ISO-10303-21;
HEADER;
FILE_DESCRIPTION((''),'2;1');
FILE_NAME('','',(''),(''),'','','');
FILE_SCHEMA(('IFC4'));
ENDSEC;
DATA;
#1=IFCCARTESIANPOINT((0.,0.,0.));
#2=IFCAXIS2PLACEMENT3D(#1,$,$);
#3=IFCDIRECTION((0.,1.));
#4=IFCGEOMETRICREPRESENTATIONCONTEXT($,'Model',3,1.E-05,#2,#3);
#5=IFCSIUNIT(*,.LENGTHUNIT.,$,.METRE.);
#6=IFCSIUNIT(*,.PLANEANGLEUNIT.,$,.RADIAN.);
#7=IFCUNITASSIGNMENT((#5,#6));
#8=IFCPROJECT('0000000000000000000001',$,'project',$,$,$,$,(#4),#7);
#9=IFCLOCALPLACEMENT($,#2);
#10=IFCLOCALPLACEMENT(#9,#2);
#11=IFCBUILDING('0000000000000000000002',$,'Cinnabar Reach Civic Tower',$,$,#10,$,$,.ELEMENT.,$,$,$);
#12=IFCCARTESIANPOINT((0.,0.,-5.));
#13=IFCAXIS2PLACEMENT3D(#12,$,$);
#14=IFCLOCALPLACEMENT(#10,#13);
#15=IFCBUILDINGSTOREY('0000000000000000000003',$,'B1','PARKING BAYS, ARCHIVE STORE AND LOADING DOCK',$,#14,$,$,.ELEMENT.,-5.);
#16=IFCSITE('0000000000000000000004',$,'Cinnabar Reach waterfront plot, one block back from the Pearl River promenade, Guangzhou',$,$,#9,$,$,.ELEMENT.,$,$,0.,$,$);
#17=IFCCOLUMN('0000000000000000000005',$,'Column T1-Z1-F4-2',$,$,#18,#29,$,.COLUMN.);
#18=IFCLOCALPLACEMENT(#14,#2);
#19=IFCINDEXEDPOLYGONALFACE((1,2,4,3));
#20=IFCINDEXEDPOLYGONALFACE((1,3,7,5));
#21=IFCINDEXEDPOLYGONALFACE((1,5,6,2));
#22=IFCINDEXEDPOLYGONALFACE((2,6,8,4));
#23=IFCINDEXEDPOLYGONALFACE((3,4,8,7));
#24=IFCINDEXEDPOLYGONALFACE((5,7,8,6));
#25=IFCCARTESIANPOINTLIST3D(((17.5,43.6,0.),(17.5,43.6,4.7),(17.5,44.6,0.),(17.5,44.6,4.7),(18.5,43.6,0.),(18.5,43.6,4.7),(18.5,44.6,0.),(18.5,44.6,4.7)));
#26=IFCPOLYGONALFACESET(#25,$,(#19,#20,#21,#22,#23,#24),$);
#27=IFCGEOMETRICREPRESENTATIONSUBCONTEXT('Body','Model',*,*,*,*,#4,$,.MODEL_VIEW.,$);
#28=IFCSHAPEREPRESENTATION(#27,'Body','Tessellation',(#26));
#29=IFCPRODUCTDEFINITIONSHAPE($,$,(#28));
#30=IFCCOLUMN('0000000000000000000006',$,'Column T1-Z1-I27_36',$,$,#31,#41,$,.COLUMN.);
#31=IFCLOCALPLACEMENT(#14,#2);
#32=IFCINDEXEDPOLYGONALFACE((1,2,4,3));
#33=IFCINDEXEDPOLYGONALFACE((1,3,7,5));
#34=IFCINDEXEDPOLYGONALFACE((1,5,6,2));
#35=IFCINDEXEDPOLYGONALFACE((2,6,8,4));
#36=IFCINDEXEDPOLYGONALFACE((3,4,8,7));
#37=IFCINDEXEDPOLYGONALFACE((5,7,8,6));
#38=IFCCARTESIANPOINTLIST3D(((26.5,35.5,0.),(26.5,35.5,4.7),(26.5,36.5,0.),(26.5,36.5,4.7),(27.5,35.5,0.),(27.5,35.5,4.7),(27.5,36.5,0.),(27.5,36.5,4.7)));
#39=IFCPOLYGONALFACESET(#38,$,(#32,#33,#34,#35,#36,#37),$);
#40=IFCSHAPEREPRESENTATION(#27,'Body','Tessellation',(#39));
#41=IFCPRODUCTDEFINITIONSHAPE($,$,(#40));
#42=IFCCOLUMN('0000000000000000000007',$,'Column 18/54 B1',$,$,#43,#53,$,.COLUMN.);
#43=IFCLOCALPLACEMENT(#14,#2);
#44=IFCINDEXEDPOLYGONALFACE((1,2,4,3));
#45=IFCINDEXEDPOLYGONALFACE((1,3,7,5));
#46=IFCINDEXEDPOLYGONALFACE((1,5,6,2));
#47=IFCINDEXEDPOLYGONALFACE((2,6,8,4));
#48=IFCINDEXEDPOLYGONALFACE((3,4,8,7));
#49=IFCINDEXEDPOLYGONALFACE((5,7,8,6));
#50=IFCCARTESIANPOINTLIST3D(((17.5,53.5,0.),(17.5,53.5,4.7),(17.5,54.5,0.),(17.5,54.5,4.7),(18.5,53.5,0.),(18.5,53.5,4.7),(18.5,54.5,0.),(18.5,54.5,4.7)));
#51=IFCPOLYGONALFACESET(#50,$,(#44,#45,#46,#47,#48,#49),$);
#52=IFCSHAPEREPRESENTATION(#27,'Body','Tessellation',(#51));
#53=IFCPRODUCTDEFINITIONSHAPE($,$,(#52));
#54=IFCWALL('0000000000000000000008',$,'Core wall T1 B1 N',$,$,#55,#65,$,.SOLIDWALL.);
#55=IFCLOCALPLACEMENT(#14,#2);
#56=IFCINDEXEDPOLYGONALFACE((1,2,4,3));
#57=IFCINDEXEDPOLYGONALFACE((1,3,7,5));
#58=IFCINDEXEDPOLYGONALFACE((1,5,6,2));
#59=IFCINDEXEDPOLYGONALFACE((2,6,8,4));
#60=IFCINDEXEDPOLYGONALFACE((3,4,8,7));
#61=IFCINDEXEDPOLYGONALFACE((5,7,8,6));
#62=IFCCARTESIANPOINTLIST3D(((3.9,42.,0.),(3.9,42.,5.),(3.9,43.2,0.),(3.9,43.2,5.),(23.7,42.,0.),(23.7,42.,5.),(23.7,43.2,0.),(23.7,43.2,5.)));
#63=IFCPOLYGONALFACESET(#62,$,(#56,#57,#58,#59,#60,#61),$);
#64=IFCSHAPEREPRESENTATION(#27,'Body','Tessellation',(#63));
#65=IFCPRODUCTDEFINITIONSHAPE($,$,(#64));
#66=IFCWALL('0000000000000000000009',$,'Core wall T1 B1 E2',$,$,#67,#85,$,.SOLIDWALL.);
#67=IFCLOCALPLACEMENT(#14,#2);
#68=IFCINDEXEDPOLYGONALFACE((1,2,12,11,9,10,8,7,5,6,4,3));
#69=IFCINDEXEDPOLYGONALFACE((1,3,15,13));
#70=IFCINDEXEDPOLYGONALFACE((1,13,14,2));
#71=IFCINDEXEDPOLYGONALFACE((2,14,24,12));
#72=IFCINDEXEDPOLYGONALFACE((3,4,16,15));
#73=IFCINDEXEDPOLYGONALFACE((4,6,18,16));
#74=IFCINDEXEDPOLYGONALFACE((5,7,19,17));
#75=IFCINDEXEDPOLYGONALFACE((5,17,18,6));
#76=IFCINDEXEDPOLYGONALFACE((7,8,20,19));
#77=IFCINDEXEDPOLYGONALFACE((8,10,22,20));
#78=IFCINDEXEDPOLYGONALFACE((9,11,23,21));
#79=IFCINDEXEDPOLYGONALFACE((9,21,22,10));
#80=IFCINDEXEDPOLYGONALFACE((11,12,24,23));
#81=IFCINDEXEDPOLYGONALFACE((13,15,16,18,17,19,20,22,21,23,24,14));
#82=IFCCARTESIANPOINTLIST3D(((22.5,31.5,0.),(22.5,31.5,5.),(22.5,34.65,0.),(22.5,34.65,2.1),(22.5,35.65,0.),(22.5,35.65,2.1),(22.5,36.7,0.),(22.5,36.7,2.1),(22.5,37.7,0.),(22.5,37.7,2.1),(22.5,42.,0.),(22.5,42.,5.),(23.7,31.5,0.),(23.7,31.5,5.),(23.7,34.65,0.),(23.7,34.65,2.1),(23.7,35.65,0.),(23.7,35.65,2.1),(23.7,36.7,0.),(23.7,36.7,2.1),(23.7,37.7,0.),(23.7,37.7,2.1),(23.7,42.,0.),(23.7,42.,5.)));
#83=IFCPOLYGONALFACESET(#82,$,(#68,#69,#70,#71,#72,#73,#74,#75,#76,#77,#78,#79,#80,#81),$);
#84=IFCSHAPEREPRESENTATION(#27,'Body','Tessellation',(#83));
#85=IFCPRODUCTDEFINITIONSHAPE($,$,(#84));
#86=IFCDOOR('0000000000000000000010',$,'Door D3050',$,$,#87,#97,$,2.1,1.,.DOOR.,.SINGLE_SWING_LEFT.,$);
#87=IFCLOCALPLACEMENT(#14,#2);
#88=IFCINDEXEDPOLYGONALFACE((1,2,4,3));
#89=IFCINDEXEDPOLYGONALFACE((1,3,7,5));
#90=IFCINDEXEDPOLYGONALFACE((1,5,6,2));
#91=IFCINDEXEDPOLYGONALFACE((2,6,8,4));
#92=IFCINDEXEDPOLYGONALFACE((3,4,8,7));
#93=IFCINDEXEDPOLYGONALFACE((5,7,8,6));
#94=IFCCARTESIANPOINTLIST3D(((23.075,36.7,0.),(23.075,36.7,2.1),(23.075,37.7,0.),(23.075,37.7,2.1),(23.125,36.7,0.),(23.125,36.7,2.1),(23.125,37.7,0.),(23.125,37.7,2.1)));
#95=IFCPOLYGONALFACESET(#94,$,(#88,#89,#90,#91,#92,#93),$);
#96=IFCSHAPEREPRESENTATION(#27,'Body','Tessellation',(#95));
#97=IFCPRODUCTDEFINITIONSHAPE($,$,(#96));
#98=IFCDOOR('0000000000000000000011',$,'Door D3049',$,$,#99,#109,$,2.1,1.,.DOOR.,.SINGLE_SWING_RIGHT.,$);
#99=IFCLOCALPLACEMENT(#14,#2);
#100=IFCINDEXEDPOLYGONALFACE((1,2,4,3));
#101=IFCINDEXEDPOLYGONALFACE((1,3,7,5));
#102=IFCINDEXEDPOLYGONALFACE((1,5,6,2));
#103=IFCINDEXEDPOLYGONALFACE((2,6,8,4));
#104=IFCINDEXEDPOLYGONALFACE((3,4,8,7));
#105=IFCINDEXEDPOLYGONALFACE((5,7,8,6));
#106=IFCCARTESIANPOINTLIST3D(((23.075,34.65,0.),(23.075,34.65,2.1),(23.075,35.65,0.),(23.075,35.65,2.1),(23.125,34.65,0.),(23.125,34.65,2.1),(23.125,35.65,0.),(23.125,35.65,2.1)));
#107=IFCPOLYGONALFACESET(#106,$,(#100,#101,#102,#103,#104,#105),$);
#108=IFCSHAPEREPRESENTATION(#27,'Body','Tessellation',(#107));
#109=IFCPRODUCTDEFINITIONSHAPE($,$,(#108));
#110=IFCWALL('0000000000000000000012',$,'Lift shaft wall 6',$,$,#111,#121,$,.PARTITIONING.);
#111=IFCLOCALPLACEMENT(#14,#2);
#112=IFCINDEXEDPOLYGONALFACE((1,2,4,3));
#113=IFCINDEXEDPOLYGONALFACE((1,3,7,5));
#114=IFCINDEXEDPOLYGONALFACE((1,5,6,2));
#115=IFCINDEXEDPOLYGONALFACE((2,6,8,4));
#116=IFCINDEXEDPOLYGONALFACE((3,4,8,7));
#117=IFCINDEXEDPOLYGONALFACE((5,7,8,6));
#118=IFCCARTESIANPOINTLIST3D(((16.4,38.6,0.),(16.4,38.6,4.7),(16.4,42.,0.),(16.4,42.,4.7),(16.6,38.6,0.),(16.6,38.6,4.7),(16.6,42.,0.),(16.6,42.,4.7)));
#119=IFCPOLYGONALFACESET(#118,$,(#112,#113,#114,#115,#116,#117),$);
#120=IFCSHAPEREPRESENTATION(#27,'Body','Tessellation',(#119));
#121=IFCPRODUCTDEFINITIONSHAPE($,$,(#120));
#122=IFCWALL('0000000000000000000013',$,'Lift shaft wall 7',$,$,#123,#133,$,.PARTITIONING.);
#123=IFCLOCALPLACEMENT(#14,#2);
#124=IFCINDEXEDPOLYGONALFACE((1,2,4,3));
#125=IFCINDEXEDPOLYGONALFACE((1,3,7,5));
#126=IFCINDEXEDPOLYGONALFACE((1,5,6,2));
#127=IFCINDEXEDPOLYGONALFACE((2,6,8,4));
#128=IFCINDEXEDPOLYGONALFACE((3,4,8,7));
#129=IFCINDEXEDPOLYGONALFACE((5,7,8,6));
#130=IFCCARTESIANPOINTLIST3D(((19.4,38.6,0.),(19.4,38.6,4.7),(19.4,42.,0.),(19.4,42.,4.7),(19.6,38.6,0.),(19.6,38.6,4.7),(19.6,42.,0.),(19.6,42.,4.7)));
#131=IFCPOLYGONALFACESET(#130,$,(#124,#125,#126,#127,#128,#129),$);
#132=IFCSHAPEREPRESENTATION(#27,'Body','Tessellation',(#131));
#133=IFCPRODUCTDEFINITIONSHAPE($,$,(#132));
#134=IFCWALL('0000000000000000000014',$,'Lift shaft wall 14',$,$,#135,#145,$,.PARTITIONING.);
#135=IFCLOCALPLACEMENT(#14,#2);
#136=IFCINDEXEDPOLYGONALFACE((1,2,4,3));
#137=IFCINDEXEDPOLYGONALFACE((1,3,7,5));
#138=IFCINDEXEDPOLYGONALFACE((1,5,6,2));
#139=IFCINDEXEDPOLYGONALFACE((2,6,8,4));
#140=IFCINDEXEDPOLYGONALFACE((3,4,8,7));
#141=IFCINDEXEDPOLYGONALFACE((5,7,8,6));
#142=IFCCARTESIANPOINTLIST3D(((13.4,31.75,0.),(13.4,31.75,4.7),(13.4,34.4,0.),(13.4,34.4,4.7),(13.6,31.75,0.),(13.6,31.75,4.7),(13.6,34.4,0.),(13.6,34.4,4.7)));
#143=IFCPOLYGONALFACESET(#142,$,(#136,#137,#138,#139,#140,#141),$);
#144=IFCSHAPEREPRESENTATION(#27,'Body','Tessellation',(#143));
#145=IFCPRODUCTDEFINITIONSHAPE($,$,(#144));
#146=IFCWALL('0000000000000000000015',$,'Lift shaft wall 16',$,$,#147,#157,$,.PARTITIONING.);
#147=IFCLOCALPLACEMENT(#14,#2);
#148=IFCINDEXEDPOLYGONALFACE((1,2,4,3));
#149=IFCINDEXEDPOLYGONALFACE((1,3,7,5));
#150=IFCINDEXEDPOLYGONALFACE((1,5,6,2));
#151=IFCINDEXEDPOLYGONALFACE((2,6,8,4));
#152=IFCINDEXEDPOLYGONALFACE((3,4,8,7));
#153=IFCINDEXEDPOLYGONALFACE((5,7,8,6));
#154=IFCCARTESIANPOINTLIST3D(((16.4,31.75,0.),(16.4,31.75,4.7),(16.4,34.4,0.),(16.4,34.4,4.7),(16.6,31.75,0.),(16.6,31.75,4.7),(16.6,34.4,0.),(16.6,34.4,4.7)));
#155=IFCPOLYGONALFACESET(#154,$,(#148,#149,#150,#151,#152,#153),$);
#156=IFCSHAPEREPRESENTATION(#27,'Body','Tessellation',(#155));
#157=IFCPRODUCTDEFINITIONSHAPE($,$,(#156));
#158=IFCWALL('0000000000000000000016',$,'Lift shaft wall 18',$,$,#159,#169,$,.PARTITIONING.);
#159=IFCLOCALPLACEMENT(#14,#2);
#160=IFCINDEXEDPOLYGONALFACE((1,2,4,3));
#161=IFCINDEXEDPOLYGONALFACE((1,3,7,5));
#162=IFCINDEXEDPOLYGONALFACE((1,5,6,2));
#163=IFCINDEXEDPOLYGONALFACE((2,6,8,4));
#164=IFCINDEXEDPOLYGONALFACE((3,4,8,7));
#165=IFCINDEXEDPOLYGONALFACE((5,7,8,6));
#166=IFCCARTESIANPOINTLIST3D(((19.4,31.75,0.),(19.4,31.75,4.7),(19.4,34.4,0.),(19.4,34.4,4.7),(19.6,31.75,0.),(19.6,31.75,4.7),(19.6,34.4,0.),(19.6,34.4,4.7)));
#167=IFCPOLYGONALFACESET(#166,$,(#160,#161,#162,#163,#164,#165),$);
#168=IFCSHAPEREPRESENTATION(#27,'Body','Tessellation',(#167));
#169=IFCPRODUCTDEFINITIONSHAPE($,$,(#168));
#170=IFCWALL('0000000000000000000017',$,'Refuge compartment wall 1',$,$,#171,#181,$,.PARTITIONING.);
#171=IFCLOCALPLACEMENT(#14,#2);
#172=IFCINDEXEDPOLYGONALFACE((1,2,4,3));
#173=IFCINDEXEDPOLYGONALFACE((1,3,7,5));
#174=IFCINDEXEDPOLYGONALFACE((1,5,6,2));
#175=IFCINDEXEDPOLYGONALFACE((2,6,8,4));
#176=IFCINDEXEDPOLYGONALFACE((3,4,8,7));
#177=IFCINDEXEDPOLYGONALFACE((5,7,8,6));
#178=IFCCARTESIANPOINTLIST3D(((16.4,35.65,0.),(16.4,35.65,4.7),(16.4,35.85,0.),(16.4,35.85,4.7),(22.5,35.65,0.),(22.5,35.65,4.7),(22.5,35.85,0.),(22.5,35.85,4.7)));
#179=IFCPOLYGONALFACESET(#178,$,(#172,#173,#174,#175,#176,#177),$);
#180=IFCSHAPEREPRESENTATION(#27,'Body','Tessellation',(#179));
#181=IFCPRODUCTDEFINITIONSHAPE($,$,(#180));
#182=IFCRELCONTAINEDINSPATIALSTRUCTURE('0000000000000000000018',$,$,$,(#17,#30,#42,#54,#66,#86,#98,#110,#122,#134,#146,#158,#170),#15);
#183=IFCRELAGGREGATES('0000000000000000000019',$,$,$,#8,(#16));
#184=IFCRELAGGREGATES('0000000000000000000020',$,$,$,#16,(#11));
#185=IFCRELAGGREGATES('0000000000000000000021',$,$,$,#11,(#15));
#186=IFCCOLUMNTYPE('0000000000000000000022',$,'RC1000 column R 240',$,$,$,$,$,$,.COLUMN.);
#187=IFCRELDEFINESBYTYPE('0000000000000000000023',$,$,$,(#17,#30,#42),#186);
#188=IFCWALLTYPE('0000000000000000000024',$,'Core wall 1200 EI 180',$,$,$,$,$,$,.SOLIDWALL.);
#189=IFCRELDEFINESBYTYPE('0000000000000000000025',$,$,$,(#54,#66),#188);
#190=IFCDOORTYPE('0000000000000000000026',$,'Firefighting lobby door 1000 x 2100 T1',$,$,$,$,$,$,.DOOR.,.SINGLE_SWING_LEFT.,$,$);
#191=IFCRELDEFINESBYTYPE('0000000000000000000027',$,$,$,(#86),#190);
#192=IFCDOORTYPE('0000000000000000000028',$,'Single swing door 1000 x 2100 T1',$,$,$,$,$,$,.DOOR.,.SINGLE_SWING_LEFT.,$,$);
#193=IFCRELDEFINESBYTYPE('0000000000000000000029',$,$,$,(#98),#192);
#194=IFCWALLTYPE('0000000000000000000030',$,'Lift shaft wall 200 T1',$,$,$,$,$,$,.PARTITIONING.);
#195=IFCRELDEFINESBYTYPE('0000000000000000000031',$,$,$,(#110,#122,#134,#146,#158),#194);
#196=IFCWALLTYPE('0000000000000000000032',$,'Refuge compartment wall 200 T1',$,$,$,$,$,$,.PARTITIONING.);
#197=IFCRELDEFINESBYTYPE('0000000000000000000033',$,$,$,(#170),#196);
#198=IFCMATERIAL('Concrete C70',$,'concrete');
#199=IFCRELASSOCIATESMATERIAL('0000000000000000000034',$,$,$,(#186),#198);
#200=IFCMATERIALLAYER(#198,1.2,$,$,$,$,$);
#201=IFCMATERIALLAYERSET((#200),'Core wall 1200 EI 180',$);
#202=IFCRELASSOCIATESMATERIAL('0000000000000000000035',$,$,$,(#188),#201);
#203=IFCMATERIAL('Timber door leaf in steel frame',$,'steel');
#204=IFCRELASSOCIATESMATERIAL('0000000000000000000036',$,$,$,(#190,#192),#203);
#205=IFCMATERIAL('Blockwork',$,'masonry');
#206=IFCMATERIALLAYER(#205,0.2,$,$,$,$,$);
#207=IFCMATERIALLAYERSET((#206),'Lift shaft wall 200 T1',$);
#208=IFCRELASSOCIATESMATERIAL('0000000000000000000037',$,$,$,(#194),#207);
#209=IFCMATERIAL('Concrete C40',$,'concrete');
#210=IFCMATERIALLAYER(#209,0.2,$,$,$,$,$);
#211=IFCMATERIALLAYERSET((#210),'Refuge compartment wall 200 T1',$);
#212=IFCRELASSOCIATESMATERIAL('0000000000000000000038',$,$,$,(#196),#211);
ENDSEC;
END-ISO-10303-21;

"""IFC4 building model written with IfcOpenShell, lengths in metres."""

from ifc_helpers import new_model, si_unit, direction, frame, frame_2d, origin, origin_2d, place, context, subcontext, project, spatial, rectangle, extrude, material, layer, layer_set, material_profile, profile_set, type_object, element, fill, save


model = new_model("IFC4")

# Units and contexts
model_context = context("Model", 3, precision=1e-05, world=origin(), true_north=direction((0.0, 1.0)))
body_context = subcontext(model_context, "Body", "Model", "MODEL_VIEW")
ifc_project = project(units=[si_unit("LENGTHUNIT", "METRE"), si_unit("PLANEANGLEUNIT", "RADIAN")], contexts=[model_context])

# Site, building, storey
site_placement = place(None, origin())
site = spatial("IfcSite", under=ifc_project, at=site_placement, Name="Cinnabar Reach waterfront plot, one block back from the Pearl River promenade, Guangzhou", CompositionType="ELEMENT", RefElevation=0.0)
building_placement = place(site_placement, origin())
building = spatial("IfcBuilding", under=site, at=building_placement, Name="Cinnabar Reach Civic Tower", CompositionType="ELEMENT")
storey_placement = place(building_placement, frame((0.0, 0.0, -5.0)))
storey = spatial("IfcBuildingStorey", under=building, at=storey_placement, Name="B1", Description="PARKING BAYS, ARCHIVE STORE AND LOADING DOCK", CompositionType="ELEMENT", Elevation=-5.0)

# Columns
ifc_material_1 = material(Name="Concrete C70", Category="concrete")
ifc_material_profile = material_profile(ifc_material_1, rectangle(XDim=1.0, YDim=1.0, at=origin_2d()), Name="RC1000")
ifc_profile_set = profile_set([ifc_material_profile], Name="Concrete C70")
column_type = type_object("IfcColumnType", Name="RC1000 column R 240", PredefinedType="COLUMN", material=ifc_profile_set)
for number, where, z_axis, x_axis, name in (
    (1, (18.0, 44.1, 0.0), (0.0, 0.0, 1.0), (1.0, 0.0, 0.0), "Column T1-Z1-F4-2"),
    (2, (27.0, 36.0, 0.0), (0.0, 0.0, 1.0), (1.0, 0.0, 0.0), "Column T1-Z1-I27_36"),
    (3, (18.0, 54.0, 0.0), (0.0, 0.0, 1.0), (1.0, 0.0, 0.0), "Column 18/54 B1"),
):
    element("IfcColumn", number, at=place(storey_placement, frame(where, z_axis=z_axis, x_axis=x_axis)), inside=storey, type_object=column_type, Name=name, PredefinedType="COLUMN", context=body_context, shape_type="SweptSolid", body=[
        extrude(rectangle(XDim=1.0, YDim=1.0, at=origin_2d()), origin(), (0.0, 0.0, 1.0), 4.7),
    ])

# Wall
ifc_layer_1 = layer(ifc_material_1, 1.2)
ifc_layer_set_1 = layer_set([ifc_layer_1], Name="Core wall 1200 EI 180")
wall_type_1 = type_object("IfcWallType", Name="Core wall 1200 EI 180", PredefinedType="SOLIDWALL", material=ifc_layer_set_1)
wall_1_placement = place(storey_placement, frame((23.7, 42.6, 0.0), z_axis=(0.0, 0.0, 1.0), x_axis=(-1.0, 0.0, 0.0)))
element("IfcWall", 4, at=wall_1_placement, inside=storey, type_object=wall_type_1, Name="Core wall T1 B1 N", PredefinedType="SOLIDWALL", context=body_context, shape_type="SweptSolid", body=[
    extrude(rectangle(XDim=19.8, YDim=1.2, at=frame_2d((9.9, 0.0))), origin(), (0.0, 0.0, 1.0), 5.0),
])

# Wall, openings, doors
wall_2_placement = place(storey_placement, frame((23.1, 31.5, 0.0), z_axis=(0.0, 0.0, 1.0), x_axis=(0.0, 1.0, 0.0)))
wall_2 = element("IfcWall", 5, at=wall_2_placement, inside=storey, type_object=wall_type_1, Name="Core wall T1 B1 E2", PredefinedType="SOLIDWALL", context=body_context, shape_type="SweptSolid", body=[
    extrude(rectangle(XDim=10.5, YDim=1.2, at=frame_2d((5.25, 0.0))), origin(), (0.0, 0.0, 1.0), 5.0),
])
opening_1_placement = place(wall_2_placement, frame((3.15, 0.0, 0.0)))
opening_1 = element("IfcOpeningElement", 6, at=opening_1_placement, cuts=wall_2, PredefinedType="OPENING", context=body_context, shape_type="SweptSolid", body=[
    extrude(rectangle(XDim=1.0, YDim=2.1, at=frame_2d((0.5, 1.05))), frame((0.0, 0.61, 0.0), z_axis=(0.0, -1.0, 0.0), x_axis=(1.0, 0.0, 0.0)), (0.0, 0.0, 1.0), 1.22),
])
opening_2_placement = place(wall_2_placement, frame((5.2, 0.0, 0.0)))
opening_2 = element("IfcOpeningElement", 7, at=opening_2_placement, cuts=wall_2, PredefinedType="OPENING", context=body_context, shape_type="SweptSolid", body=[
    extrude(rectangle(XDim=1.0, YDim=2.1, at=frame_2d((0.5, 1.05))), frame((0.0, 0.61, 0.0), z_axis=(0.0, -1.0, 0.0), x_axis=(1.0, 0.0, 0.0)), (0.0, 0.0, 1.0), 1.22),
])
ifc_material_2 = material(Name="Timber door leaf in steel frame", Category="steel")
door_type_1 = type_object("IfcDoorType", Name="Firefighting lobby door 1000 x 2100 T1", OperationType="SINGLE_SWING_LEFT", PredefinedType="DOOR", material=ifc_material_2)
door_1_placement = place(opening_2_placement, frame((1.0, 0.0, 0.0), z_axis=(0.0, 0.0, 1.0), x_axis=(-1.0, 0.0, 0.0)))
door_1 = element("IfcDoor", 8, at=door_1_placement, inside=storey, type_object=door_type_1, Name="Door D3050", OperationType="SINGLE_SWING_LEFT", OverallHeight=2.1, OverallWidth=1.0, PredefinedType="DOOR", context=body_context, shape_type="SweptSolid", body=[
    extrude(rectangle(XDim=1.0, YDim=2.1, at=frame_2d((0.5, 1.05))), frame((0.0, 0.025, 0.0), z_axis=(0.0, -1.0, 0.0), x_axis=(1.0, 0.0, 0.0)), (0.0, 0.0, 1.0), 0.05),
])
fill(opening_2, door_1)
door_type_2 = type_object("IfcDoorType", Name="Single swing door 1000 x 2100 T1", OperationType="SINGLE_SWING_LEFT", PredefinedType="DOOR", material=ifc_material_2)
door_2_placement = place(opening_1_placement, frame((1.0, 0.0, 0.0), z_axis=(0.0, 0.0, 1.0), x_axis=(-1.0, 0.0, 0.0)))
door_2 = element("IfcDoor", 9, at=door_2_placement, inside=storey, type_object=door_type_2, Name="Door D3049", OperationType="SINGLE_SWING_RIGHT", OverallHeight=2.1, OverallWidth=1.0, PredefinedType="DOOR", context=body_context, shape_type="SweptSolid", body=[
    extrude(rectangle(XDim=1.0, YDim=2.1, at=frame_2d((0.5, 1.05))), frame((0.0, 0.025, 0.0), z_axis=(0.0, -1.0, 0.0), x_axis=(1.0, 0.0, 0.0)), (0.0, 0.0, 1.0), 0.05),
])
fill(opening_1, door_2)

# Walls
ifc_material_3 = material(Name="Blockwork", Category="masonry")
ifc_layer_2 = layer(ifc_material_3, 0.2)
ifc_layer_set_2 = layer_set([ifc_layer_2], Name="Lift shaft wall 200 T1")
wall_type_2 = type_object("IfcWallType", Name="Lift shaft wall 200 T1", PredefinedType="PARTITIONING", material=ifc_layer_set_2)
for number, where, z_axis, x_axis, name in (
    (10, (16.5, 38.6, 0.0), (0.0, 0.0, 1.0), (0.0, 1.0, 0.0), "Lift shaft wall 6"),
    (11, (19.5, 38.6, 0.0), (0.0, 0.0, 1.0), (0.0, 1.0, 0.0), "Lift shaft wall 7"),
):
    element("IfcWall", number, at=place(storey_placement, frame(where, z_axis=z_axis, x_axis=x_axis)), inside=storey, type_object=wall_type_2, Name=name, PredefinedType="PARTITIONING", context=body_context, shape_type="SweptSolid", body=[
        extrude(rectangle(XDim=3.4, YDim=0.2, at=frame_2d((1.7, 0.0))), origin(), (0.0, 0.0, 1.0), 4.7),
    ])
for number, where, z_axis, x_axis, name in (
    (12, (13.5, 31.75, 0.0), (0.0, 0.0, 1.0), (0.0, 1.0, 0.0), "Lift shaft wall 14"),
    (13, (16.5, 31.75, 0.0), (0.0, 0.0, 1.0), (0.0, 1.0, 0.0), "Lift shaft wall 16"),
    (14, (19.5, 31.75, 0.0), (0.0, 0.0, 1.0), (0.0, 1.0, 0.0), "Lift shaft wall 18"),
):
    element("IfcWall", number, at=place(storey_placement, frame(where, z_axis=z_axis, x_axis=x_axis)), inside=storey, type_object=wall_type_2, Name=name, PredefinedType="PARTITIONING", context=body_context, shape_type="SweptSolid", body=[
        extrude(rectangle(XDim=2.65, YDim=0.2, at=frame_2d((1.325, 0.0))), origin(), (0.0, 0.0, 1.0), 4.7),
    ])
ifc_material_4 = material(Name="Concrete C40", Category="concrete")
ifc_layer_3 = layer(ifc_material_4, 0.2)
ifc_layer_set_3 = layer_set([ifc_layer_3], Name="Refuge compartment wall 200 T1")
wall_type_3 = type_object("IfcWallType", Name="Refuge compartment wall 200 T1", PredefinedType="PARTITIONING", material=ifc_layer_set_3)
wall_3_placement = place(storey_placement, frame((16.4, 35.75, 0.0), z_axis=(0.0, 0.0, 1.0), x_axis=(1.0, 0.0, 0.0)))
element("IfcWall", 15, at=wall_3_placement, inside=storey, type_object=wall_type_3, Name="Refuge compartment wall 1", PredefinedType="PARTITIONING", context=body_context, shape_type="SweptSolid", body=[
    extrude(rectangle(XDim=6.1, YDim=0.2, at=frame_2d((3.05, 0.0))), origin(), (0.0, 0.0, 1.0), 4.7),
])

save(model, "model.ifc")
